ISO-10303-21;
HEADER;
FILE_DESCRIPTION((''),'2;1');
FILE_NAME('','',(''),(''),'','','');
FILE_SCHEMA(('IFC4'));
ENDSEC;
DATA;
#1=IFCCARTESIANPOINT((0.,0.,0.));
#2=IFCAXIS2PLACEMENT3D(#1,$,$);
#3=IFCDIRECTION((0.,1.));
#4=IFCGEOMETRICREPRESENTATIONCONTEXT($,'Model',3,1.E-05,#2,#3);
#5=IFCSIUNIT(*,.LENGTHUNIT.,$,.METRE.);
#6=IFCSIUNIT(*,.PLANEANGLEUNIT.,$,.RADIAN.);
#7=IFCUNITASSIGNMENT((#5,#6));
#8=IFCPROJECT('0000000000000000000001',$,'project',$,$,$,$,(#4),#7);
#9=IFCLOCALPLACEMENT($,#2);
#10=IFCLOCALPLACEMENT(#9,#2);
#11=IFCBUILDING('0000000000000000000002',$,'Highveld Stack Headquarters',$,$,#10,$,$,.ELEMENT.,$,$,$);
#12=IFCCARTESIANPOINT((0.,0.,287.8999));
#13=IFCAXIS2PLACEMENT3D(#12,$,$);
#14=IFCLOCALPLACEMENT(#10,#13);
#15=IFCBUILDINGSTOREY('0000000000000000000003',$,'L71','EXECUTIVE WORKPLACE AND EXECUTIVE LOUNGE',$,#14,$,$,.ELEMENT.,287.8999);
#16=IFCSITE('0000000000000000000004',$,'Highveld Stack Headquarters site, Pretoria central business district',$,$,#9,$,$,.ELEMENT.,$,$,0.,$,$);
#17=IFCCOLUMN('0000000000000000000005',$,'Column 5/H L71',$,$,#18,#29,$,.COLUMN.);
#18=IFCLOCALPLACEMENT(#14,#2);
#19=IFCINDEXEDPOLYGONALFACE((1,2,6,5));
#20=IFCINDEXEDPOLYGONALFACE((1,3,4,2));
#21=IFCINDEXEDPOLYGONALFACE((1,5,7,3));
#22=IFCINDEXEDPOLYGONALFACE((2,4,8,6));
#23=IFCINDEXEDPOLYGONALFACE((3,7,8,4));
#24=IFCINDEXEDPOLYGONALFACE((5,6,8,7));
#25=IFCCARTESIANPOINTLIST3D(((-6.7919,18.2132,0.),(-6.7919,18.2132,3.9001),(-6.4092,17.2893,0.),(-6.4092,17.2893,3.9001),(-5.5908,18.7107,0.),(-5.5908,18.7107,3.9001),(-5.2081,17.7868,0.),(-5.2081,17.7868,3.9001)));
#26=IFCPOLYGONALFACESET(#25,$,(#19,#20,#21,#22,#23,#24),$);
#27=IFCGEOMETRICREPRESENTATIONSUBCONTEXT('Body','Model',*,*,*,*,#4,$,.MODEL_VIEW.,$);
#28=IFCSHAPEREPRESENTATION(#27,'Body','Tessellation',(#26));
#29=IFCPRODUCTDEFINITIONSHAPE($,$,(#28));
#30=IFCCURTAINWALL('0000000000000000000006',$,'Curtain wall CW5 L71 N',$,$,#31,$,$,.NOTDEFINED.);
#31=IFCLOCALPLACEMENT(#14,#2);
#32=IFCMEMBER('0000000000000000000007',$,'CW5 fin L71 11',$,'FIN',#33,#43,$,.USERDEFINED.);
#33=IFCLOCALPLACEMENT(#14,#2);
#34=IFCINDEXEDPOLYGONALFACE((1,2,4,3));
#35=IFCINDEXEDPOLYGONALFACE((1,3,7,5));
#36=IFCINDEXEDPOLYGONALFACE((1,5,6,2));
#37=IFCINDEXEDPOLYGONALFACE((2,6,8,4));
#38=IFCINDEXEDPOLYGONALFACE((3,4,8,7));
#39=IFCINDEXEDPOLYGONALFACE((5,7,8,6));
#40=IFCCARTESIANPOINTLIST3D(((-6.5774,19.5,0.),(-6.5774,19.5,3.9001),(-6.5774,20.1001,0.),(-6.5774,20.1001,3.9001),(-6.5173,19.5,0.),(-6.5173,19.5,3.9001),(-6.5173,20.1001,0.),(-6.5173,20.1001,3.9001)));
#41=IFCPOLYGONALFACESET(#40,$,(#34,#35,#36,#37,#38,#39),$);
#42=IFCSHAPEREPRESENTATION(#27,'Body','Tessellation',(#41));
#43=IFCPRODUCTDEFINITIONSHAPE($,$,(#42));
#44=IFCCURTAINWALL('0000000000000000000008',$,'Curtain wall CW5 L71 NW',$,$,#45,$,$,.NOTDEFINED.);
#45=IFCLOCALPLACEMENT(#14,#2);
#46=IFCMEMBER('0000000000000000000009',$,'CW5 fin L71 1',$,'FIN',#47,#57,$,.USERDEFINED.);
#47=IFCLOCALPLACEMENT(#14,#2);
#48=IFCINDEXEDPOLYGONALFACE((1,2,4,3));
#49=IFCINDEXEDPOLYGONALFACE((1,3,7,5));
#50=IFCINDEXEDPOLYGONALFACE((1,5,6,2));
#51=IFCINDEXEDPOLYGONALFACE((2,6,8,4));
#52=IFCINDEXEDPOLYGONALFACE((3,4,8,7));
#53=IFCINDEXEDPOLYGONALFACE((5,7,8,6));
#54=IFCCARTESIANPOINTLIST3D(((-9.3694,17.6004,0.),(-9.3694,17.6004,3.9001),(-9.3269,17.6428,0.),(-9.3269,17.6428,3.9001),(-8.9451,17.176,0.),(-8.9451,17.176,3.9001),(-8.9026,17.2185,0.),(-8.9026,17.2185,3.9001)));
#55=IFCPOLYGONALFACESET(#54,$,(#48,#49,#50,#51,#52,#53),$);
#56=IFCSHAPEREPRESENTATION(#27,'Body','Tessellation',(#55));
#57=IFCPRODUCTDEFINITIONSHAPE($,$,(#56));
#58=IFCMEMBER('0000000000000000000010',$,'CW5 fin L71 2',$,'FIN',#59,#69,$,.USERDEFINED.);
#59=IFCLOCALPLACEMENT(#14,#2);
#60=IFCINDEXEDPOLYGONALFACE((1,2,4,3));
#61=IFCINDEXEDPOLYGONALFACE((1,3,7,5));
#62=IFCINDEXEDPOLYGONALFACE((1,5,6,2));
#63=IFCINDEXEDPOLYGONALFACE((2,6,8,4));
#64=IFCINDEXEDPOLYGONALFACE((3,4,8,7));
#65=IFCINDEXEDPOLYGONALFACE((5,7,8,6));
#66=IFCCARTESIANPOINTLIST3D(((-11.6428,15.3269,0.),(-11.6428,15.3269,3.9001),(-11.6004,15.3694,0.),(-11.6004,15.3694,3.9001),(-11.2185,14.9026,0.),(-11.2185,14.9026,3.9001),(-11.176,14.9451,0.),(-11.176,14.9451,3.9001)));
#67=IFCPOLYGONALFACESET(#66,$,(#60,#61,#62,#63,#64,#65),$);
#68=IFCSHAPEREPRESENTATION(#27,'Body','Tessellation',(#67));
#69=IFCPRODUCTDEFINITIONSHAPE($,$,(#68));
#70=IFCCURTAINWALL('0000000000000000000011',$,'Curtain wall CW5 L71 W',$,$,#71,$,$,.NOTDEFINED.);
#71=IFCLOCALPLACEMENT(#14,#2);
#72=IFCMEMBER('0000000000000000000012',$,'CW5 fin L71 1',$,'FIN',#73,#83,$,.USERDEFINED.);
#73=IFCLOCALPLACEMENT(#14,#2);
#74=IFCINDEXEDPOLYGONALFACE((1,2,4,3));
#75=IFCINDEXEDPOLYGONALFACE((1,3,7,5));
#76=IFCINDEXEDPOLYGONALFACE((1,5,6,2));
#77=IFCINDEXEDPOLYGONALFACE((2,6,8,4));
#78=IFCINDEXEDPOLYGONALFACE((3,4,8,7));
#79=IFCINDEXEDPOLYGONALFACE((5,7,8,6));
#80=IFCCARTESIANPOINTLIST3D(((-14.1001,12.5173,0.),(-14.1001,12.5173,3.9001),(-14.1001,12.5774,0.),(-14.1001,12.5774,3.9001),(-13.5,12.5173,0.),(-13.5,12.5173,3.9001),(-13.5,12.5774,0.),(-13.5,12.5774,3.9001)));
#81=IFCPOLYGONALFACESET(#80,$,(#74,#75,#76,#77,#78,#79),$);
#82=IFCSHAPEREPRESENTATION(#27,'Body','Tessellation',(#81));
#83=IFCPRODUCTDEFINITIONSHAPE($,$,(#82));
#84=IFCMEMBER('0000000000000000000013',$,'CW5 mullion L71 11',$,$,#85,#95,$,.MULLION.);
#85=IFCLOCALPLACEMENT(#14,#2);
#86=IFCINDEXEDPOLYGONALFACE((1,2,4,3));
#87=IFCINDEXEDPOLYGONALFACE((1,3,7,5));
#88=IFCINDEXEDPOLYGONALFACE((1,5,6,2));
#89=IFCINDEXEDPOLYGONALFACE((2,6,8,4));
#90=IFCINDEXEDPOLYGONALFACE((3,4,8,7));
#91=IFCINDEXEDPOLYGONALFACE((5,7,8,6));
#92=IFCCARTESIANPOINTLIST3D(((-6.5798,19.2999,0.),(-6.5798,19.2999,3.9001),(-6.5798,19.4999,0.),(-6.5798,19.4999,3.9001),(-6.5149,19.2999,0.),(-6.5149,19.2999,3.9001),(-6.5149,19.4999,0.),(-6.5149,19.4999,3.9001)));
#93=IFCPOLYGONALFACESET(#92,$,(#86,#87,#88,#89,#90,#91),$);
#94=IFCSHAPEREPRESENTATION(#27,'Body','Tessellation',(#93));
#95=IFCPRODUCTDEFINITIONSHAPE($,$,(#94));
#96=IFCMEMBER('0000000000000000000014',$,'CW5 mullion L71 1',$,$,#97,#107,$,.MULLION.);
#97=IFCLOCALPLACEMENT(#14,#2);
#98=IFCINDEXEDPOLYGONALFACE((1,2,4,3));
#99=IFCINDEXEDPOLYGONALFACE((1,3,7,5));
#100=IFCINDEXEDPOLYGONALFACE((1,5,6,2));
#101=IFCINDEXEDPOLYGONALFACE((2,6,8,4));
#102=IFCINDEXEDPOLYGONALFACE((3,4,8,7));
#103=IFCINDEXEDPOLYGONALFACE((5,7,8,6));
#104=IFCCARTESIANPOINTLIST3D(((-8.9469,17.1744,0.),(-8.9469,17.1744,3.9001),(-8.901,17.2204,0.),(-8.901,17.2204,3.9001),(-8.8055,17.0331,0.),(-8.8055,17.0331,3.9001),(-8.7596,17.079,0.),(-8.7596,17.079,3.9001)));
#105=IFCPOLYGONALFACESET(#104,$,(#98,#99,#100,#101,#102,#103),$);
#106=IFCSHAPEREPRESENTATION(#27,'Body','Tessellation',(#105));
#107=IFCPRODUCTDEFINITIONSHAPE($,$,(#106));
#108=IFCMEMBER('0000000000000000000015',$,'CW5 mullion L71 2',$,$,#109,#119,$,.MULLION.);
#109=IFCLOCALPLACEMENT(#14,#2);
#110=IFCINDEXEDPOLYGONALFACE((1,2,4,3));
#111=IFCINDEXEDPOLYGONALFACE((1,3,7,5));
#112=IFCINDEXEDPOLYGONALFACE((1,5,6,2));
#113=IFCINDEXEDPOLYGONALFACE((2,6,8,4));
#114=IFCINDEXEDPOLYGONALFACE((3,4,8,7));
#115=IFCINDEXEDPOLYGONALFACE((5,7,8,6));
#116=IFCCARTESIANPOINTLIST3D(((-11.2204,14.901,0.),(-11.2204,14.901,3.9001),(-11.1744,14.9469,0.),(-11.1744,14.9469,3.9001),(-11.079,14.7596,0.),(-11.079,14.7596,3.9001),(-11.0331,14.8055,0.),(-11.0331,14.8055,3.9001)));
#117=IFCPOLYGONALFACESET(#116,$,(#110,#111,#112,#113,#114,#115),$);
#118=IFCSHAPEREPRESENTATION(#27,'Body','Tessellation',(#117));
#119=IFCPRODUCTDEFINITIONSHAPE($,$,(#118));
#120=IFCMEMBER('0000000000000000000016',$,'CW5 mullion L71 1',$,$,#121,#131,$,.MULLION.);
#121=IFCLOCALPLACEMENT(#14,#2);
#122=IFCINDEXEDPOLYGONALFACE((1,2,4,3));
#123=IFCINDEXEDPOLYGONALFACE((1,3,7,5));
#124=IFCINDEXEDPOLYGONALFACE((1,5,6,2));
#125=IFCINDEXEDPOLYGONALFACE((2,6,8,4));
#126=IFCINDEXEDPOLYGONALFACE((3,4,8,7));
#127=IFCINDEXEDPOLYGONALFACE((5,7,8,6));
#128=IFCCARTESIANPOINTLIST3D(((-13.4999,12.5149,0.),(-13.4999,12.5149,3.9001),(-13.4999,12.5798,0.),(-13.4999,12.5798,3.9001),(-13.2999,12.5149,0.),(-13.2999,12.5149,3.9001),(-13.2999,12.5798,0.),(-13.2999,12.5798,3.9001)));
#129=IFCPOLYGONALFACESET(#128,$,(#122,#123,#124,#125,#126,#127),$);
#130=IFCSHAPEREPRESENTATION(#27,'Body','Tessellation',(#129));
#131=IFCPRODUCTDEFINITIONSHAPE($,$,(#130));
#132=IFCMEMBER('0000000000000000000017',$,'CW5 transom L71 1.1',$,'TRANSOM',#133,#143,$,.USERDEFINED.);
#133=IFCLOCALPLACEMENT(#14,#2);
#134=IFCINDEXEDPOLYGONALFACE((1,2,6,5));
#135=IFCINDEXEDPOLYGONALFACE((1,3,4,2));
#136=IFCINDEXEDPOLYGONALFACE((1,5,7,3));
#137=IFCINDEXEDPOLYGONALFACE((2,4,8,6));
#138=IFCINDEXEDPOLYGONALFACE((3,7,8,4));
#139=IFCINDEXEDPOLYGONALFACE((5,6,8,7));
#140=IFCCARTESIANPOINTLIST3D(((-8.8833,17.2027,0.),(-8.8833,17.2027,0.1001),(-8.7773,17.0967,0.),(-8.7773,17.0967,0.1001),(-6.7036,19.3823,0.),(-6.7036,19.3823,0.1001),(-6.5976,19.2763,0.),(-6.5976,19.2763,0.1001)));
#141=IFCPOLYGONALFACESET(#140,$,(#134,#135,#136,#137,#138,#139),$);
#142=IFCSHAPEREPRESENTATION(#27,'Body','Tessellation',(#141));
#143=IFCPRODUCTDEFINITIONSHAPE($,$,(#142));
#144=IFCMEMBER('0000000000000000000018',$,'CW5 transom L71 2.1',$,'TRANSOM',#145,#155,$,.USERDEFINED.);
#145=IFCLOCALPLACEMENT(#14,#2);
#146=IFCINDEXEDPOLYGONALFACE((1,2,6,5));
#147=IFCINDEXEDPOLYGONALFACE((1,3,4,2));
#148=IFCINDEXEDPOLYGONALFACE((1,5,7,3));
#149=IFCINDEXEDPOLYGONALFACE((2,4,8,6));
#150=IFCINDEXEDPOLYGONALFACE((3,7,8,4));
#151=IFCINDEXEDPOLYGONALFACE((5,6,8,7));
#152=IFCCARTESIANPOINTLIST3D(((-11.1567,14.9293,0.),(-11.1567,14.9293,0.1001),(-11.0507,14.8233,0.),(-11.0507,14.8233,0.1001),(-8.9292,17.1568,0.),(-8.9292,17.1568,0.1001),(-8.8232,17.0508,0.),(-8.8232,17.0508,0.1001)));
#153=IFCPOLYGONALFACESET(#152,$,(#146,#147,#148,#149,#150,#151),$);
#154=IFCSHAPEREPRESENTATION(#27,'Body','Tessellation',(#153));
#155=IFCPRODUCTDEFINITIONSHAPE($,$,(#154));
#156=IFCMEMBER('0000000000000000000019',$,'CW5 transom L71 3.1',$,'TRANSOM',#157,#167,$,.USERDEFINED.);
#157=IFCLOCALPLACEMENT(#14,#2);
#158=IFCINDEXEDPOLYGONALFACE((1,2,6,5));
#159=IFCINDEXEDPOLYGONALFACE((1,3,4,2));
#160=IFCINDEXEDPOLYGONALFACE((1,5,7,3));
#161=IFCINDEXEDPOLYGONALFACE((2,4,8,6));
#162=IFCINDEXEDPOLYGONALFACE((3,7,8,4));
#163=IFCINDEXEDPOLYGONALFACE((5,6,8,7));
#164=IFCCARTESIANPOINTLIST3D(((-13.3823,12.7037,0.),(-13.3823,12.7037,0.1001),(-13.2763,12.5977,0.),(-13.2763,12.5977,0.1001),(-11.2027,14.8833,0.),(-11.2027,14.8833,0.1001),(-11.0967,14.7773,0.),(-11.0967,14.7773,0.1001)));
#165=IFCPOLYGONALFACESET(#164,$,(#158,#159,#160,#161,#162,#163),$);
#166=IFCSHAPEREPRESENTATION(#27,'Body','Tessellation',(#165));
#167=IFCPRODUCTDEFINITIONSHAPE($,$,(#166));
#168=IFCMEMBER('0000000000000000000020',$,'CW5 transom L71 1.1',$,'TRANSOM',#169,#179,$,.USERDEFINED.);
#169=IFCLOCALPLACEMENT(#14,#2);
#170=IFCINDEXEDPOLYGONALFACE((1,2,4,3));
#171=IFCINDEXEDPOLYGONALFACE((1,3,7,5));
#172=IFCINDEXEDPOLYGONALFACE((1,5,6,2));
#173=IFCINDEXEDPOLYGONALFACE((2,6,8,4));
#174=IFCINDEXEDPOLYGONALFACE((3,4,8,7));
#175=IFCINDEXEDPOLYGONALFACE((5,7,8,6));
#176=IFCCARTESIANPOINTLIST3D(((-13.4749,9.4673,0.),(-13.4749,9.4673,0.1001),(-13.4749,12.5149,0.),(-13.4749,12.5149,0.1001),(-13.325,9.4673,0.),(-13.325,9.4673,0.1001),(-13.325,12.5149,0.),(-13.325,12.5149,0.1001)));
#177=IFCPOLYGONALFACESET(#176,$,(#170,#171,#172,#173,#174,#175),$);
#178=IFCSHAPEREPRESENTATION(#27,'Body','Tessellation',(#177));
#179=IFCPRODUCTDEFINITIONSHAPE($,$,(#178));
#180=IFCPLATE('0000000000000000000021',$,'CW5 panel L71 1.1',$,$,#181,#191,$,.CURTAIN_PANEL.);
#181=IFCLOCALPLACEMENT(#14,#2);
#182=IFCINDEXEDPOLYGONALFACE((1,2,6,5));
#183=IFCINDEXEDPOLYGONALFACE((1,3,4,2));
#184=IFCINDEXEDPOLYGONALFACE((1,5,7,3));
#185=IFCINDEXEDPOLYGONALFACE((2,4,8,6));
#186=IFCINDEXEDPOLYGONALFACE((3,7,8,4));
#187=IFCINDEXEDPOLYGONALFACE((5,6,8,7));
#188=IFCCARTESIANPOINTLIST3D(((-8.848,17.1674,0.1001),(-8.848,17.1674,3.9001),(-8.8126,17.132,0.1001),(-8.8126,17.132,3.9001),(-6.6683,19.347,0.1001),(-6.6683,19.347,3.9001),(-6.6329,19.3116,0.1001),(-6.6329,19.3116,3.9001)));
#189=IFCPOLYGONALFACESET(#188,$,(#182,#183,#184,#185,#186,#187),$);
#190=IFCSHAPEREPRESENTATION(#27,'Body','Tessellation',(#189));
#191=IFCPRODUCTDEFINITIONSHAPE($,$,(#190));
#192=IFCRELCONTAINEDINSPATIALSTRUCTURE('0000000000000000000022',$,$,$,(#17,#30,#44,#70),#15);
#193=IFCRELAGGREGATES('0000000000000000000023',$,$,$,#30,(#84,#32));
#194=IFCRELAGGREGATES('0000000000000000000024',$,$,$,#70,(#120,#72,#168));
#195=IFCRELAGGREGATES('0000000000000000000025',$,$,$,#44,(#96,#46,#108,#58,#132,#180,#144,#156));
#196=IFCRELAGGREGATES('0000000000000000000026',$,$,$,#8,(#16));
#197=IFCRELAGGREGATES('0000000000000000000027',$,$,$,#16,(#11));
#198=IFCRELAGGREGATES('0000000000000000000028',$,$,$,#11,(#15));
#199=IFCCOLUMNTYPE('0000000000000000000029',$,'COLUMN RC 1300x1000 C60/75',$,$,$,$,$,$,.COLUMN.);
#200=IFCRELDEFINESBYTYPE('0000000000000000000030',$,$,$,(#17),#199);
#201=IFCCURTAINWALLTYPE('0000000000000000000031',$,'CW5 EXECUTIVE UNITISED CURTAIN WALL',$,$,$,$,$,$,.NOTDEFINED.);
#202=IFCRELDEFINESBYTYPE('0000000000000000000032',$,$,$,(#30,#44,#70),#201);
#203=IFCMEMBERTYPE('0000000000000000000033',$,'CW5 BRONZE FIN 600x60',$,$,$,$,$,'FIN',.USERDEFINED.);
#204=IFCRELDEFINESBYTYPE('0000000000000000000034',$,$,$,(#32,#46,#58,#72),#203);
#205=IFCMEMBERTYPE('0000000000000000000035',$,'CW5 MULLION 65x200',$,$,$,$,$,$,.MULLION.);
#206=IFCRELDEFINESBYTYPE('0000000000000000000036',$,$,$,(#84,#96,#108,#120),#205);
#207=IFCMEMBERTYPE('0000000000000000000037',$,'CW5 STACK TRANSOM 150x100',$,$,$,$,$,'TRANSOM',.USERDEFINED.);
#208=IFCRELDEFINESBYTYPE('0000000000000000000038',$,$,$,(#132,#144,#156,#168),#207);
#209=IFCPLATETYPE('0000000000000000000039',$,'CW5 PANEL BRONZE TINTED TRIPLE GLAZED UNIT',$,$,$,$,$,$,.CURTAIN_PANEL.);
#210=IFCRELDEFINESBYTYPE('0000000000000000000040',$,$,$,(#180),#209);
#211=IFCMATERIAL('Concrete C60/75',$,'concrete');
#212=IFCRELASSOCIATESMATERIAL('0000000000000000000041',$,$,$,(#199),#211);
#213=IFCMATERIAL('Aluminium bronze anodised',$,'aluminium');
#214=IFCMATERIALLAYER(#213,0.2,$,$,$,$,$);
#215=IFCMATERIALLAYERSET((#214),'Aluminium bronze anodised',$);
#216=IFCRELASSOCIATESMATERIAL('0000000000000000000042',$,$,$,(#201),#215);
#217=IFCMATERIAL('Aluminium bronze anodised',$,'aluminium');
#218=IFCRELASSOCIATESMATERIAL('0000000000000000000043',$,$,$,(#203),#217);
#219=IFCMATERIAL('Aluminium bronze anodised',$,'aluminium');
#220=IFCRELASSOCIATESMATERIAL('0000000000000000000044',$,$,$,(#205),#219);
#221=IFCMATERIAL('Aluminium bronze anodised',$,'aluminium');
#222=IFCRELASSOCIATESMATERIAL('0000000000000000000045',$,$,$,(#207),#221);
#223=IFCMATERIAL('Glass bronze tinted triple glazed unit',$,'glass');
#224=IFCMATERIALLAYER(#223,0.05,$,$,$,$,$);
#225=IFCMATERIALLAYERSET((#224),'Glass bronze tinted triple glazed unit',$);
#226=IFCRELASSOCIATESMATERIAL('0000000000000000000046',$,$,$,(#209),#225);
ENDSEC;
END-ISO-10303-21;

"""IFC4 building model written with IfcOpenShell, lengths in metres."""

from ifc_helpers import new_model, si_unit, direction, frame, origin, origin_2d, place, context, subcontext, project, spatial, rectangle, extrude, material, layer, layer_set, material_profile, profile_set, type_object, element, aggregate, save


model = new_model("IFC4")

# Units and contexts
model_context = context("Model", 3, precision=1e-05, world=origin(), true_north=direction((0.0, 1.0)))
body_context = subcontext(model_context, "Body", "Model", "MODEL_VIEW")
ifc_project = project(units=[si_unit("LENGTHUNIT", "METRE"), si_unit("PLANEANGLEUNIT", "RADIAN")], contexts=[model_context])

# Site, building, storey
site_placement = place(None, origin())
site = spatial("IfcSite", under=ifc_project, at=site_placement, Name="Highveld Stack Headquarters site, Pretoria central business district", CompositionType="ELEMENT", RefElevation=0.0)
building_placement = place(site_placement, origin())
building = spatial("IfcBuilding", under=site, at=building_placement, Name="Highveld Stack Headquarters", CompositionType="ELEMENT")
storey_placement = place(building_placement, frame((0.0, 0.0, 287.8999)))
storey = spatial("IfcBuildingStorey", under=building, at=storey_placement, Name="L71", Description="EXECUTIVE WORKPLACE AND EXECUTIVE LOUNGE", CompositionType="ELEMENT", Elevation=287.8999)

# Column
ifc_material_1 = material(Name="Concrete C60/75", Category="concrete")
ifc_material_profile_1 = material_profile(ifc_material_1, rectangle(XDim=1.3, YDim=1.0, at=origin_2d()), Name="RC 1300x1000")
ifc_profile_set_1 = profile_set([ifc_material_profile_1], Name="Concrete C60/75")
column_type = type_object("IfcColumnType", Name="COLUMN RC 1300x1000 C60/75", PredefinedType="COLUMN", material=ifc_profile_set_1)
column_placement = place(storey_placement, frame((-6.0, 18.0, 0.0), z_axis=(0.0, 0.0, 1.0), x_axis=(0.92388, 0.382683, 0.0)))
element("IfcColumn", 1, at=column_placement, inside=storey, type_object=column_type, Name="Column 5/H L71", PredefinedType="COLUMN", context=body_context, shape_type="SweptSolid", body=[
    extrude(rectangle(XDim=1.3, YDim=1.0, at=origin_2d()), origin(), (0.0, 0.0, 1.0), 3.9001),
])

# Curtain wall, member
ifc_material_2 = material(Name="Aluminium bronze anodised", Category="aluminium")
ifc_layer_1 = layer(ifc_material_2, 0.2)
ifc_layer_set_1 = layer_set([ifc_layer_1], Name="Aluminium bronze anodised")
curtain_wall_type = type_object("IfcCurtainWallType", Name="CW5 EXECUTIVE UNITISED CURTAIN WALL", PredefinedType="NOTDEFINED", material=ifc_layer_set_1)
curtain_wall_1_placement = place(storey_placement, origin())
curtain_wall_1 = element("IfcCurtainWall", 2, at=curtain_wall_1_placement, inside=storey, type_object=curtain_wall_type, Name="Curtain wall CW5 L71 N", PredefinedType="NOTDEFINED")
ifc_material_3 = material(Name="Aluminium bronze anodised", Category="aluminium")
ifc_material_profile_2 = material_profile(ifc_material_3, rectangle(XDim=0.6001, YDim=0.0601, at=origin_2d()), Name="FIN 600x60")
ifc_profile_set_2 = profile_set([ifc_material_profile_2], Name="Aluminium bronze anodised")
member_type_1 = type_object("IfcMemberType", Name="CW5 BRONZE FIN 600x60", ElementType="FIN", PredefinedType="USERDEFINED", material=ifc_profile_set_2)
member_1_placement = place(storey_placement, frame((-6.5474, 19.8, 0.0), z_axis=(0.0, 0.0, 1.0), x_axis=(0.0, -1.0, 0.0)))
member_1 = element("IfcMember", 3, at=member_1_placement, type_object=member_type_1, Name="CW5 fin L71 11", ObjectType="FIN", PredefinedType="USERDEFINED", context=body_context, shape_type="SweptSolid", body=[
    extrude(rectangle(XDim=0.6001, YDim=0.0601, at=origin_2d()), origin(), (0.0, 0.0, 1.0), 3.9001),
])

# Curtain wall, members
curtain_wall_2_placement = place(storey_placement, origin())
curtain_wall_2 = element("IfcCurtainWall", 4, at=curtain_wall_2_placement, inside=storey, type_object=curtain_wall_type, Name="Curtain wall CW5 L71 NW", PredefinedType="NOTDEFINED")
member_2_placement = place(storey_placement, frame((-9.136, 17.4094, 0.0), z_axis=(0.0, 0.0, 1.0), x_axis=(0.707107, -0.707107, 0.0)))
member_2 = element("IfcMember", 5, at=member_2_placement, type_object=member_type_1, Name="CW5 fin L71 1", ObjectType="FIN", PredefinedType="USERDEFINED", context=body_context, shape_type="SweptSolid", body=[
    extrude(rectangle(XDim=0.6001, YDim=0.0601, at=origin_2d()), origin(), (0.0, 0.0, 1.0), 3.9001),
])
member_3_placement = place(storey_placement, frame((-11.4094, 15.136, 0.0), z_axis=(0.0, 0.0, 1.0), x_axis=(0.707107, -0.707107, 0.0)))
member_3 = element("IfcMember", 6, at=member_3_placement, type_object=member_type_1, Name="CW5 fin L71 2", ObjectType="FIN", PredefinedType="USERDEFINED", context=body_context, shape_type="SweptSolid", body=[
    extrude(rectangle(XDim=0.6001, YDim=0.0601, at=origin_2d()), origin(), (0.0, 0.0, 1.0), 3.9001),
])

# Curtain wall, member
curtain_wall_3_placement = place(storey_placement, origin())
curtain_wall_3 = element("IfcCurtainWall", 7, at=curtain_wall_3_placement, inside=storey, type_object=curtain_wall_type, Name="Curtain wall CW5 L71 W", PredefinedType="NOTDEFINED")
member_4_placement = place(storey_placement, frame((-13.8, 12.5474, 0.0), z_axis=(0.0, 0.0, 1.0), x_axis=(1.0, 0.0, 0.0)))
member_4 = element("IfcMember", 8, at=member_4_placement, type_object=member_type_1, Name="CW5 fin L71 1", ObjectType="FIN", PredefinedType="USERDEFINED", context=body_context, shape_type="SweptSolid", body=[
    extrude(rectangle(XDim=0.6001, YDim=0.0601, at=origin_2d()), origin(), (0.0, 0.0, 1.0), 3.9001),
])

# Members
ifc_material_4 = material(Name="Aluminium bronze anodised", Category="aluminium")
ifc_material_profile_3 = material_profile(ifc_material_4, rectangle(XDim=0.2, YDim=0.0649, at=origin_2d()), Name="CW5 MULLION 65x200")
ifc_profile_set_3 = profile_set([ifc_material_profile_3], Name="Aluminium bronze anodised")
member_type_2 = type_object("IfcMemberType", Name="CW5 MULLION 65x200", PredefinedType="MULLION", material=ifc_profile_set_3)
member_5_placement = place(storey_placement, frame((-6.5474, 19.3999, 0.0), z_axis=(0.0, 0.0, 1.0), x_axis=(0.0, -1.0, 0.0)))
member_5 = element("IfcMember", 9, at=member_5_placement, type_object=member_type_2, Name="CW5 mullion L71 11", PredefinedType="MULLION", context=body_context, shape_type="SweptSolid", body=[
    extrude(rectangle(XDim=0.2, YDim=0.0649, at=origin_2d()), origin(), (0.0, 0.0, 1.0), 3.9001),
])
aggregate(curtain_wall_1, [member_5, member_1])
member_6_placement = place(storey_placement, frame((-8.8533, 17.1267, 0.0), z_axis=(0.0, 0.0, 1.0), x_axis=(0.707107, -0.707107, 0.0)))
member_6 = element("IfcMember", 10, at=member_6_placement, type_object=member_type_2, Name="CW5 mullion L71 1", PredefinedType="MULLION", context=body_context, shape_type="SweptSolid", body=[
    extrude(rectangle(XDim=0.2, YDim=0.0649, at=origin_2d()), origin(), (0.0, 0.0, 1.0), 3.9001),
])
member_7_placement = place(storey_placement, frame((-11.1267, 14.8533, 0.0), z_axis=(0.0, 0.0, 1.0), x_axis=(0.707107, -0.707107, 0.0)))
member_7 = element("IfcMember", 11, at=member_7_placement, type_object=member_type_2, Name="CW5 mullion L71 2", PredefinedType="MULLION", context=body_context, shape_type="SweptSolid", body=[
    extrude(rectangle(XDim=0.2, YDim=0.0649, at=origin_2d()), origin(), (0.0, 0.0, 1.0), 3.9001),
])
member_8_placement = place(storey_placement, frame((-13.3999, 12.5474, 0.0), z_axis=(0.0, 0.0, 1.0), x_axis=(1.0, 0.0, 0.0)))
member_8 = element("IfcMember", 12, at=member_8_placement, type_object=member_type_2, Name="CW5 mullion L71 1", PredefinedType="MULLION", context=body_context, shape_type="SweptSolid", body=[
    extrude(rectangle(XDim=0.2, YDim=0.0649, at=origin_2d()), origin(), (0.0, 0.0, 1.0), 3.9001),
])
ifc_material_5 = material(Name="Aluminium bronze anodised", Category="aluminium")
ifc_material_profile_4 = material_profile(ifc_material_5, rectangle(XDim=0.1499, YDim=0.1001, at=origin_2d()), Name="CW5 TRANSOM 150x100")
ifc_profile_set_4 = profile_set([ifc_material_profile_4], Name="Aluminium bronze anodised")
member_type_3 = type_object("IfcMemberType", Name="CW5 STACK TRANSOM 150x100", ElementType="TRANSOM", PredefinedType="USERDEFINED", material=ifc_profile_set_4)
member_9_placement = place(storey_placement, frame((-6.6506, 19.3293, 0.05), z_axis=(-0.707107, -0.707107, 0.0), x_axis=(0.707107, -0.707107, 0.0)))
member_9 = element("IfcMember", 13, at=member_9_placement, type_object=member_type_3, Name="CW5 transom L71 1.1", ObjectType="TRANSOM", PredefinedType="USERDEFINED", context=body_context, shape_type="SweptSolid", body=[
    extrude(rectangle(XDim=0.1499, YDim=0.1001, at=origin_2d()), origin(), (0.0, 0.0, 1.0), 3.0825),
])
member_10_placement = place(storey_placement, frame((-8.8762, 17.1038, 0.05), z_axis=(-0.707107, -0.707107, 0.0), x_axis=(0.707107, -0.707107, 0.0)))
member_10 = element("IfcMember", 14, at=member_10_placement, type_object=member_type_3, Name="CW5 transom L71 2.1", ObjectType="TRANSOM", PredefinedType="USERDEFINED", context=body_context, shape_type="SweptSolid", body=[
    extrude(rectangle(XDim=0.1499, YDim=0.1001, at=origin_2d()), origin(), (0.0, 0.0, 1.0), 3.1501),
])
member_11_placement = place(storey_placement, frame((-11.1497, 14.8303, 0.05), z_axis=(-0.707107, -0.707107, 0.0), x_axis=(0.707107, -0.707107, 0.0)))
member_11 = element("IfcMember", 15, at=member_11_placement, type_object=member_type_3, Name="CW5 transom L71 3.1", ObjectType="TRANSOM", PredefinedType="USERDEFINED", context=body_context, shape_type="SweptSolid", body=[
    extrude(rectangle(XDim=0.1499, YDim=0.1001, at=origin_2d()), origin(), (0.0, 0.0, 1.0), 3.0825),
])
member_12_placement = place(storey_placement, frame((-13.3999, 12.5149, 0.05), z_axis=(0.0, -1.0, 0.0), x_axis=(1.0, 0.0, 0.0)))
member_12 = element("IfcMember", 16, at=member_12_placement, type_object=member_type_3, Name="CW5 transom L71 1.1", ObjectType="TRANSOM", PredefinedType="USERDEFINED", context=body_context, shape_type="SweptSolid", body=[
    extrude(rectangle(XDim=0.1499, YDim=0.1001, at=origin_2d()), origin(), (0.0, 0.0, 1.0), 3.0476),
])
aggregate(curtain_wall_3, [member_8, member_4, member_12])

# Plate
ifc_material_6 = material(Name="Glass bronze tinted triple glazed unit", Category="glass")
ifc_layer_2 = layer(ifc_material_6, 0.05)
ifc_layer_set_2 = layer_set([ifc_layer_2], Name="Glass bronze tinted triple glazed unit")
plate_type = type_object("IfcPlateType", Name="CW5 PANEL BRONZE TINTED TRIPLE GLAZED UNIT", PredefinedType="CURTAIN_PANEL", material=ifc_layer_set_2)
plate_1_placement = place(storey_placement, frame((-7.7405, 18.2395, 0.1001), z_axis=(0.0, 0.0, 1.0), x_axis=(-0.707107, -0.707107, 0.0)))
plate_1 = element("IfcPlate", 17, at=plate_1_placement, type_object=plate_type, Name="CW5 panel L71 1.1", PredefinedType="CURTAIN_PANEL", context=body_context, shape_type="SweptSolid", body=[
    extrude(rectangle(XDim=3.0825, YDim=0.05, at=origin_2d()), origin(), (0.0, 0.0, 1.0), 3.8),
])
aggregate(curtain_wall_2, [member_6, member_2, member_7, member_3, member_9, plate_1, member_10, member_11])

save(model, "model.ifc")
